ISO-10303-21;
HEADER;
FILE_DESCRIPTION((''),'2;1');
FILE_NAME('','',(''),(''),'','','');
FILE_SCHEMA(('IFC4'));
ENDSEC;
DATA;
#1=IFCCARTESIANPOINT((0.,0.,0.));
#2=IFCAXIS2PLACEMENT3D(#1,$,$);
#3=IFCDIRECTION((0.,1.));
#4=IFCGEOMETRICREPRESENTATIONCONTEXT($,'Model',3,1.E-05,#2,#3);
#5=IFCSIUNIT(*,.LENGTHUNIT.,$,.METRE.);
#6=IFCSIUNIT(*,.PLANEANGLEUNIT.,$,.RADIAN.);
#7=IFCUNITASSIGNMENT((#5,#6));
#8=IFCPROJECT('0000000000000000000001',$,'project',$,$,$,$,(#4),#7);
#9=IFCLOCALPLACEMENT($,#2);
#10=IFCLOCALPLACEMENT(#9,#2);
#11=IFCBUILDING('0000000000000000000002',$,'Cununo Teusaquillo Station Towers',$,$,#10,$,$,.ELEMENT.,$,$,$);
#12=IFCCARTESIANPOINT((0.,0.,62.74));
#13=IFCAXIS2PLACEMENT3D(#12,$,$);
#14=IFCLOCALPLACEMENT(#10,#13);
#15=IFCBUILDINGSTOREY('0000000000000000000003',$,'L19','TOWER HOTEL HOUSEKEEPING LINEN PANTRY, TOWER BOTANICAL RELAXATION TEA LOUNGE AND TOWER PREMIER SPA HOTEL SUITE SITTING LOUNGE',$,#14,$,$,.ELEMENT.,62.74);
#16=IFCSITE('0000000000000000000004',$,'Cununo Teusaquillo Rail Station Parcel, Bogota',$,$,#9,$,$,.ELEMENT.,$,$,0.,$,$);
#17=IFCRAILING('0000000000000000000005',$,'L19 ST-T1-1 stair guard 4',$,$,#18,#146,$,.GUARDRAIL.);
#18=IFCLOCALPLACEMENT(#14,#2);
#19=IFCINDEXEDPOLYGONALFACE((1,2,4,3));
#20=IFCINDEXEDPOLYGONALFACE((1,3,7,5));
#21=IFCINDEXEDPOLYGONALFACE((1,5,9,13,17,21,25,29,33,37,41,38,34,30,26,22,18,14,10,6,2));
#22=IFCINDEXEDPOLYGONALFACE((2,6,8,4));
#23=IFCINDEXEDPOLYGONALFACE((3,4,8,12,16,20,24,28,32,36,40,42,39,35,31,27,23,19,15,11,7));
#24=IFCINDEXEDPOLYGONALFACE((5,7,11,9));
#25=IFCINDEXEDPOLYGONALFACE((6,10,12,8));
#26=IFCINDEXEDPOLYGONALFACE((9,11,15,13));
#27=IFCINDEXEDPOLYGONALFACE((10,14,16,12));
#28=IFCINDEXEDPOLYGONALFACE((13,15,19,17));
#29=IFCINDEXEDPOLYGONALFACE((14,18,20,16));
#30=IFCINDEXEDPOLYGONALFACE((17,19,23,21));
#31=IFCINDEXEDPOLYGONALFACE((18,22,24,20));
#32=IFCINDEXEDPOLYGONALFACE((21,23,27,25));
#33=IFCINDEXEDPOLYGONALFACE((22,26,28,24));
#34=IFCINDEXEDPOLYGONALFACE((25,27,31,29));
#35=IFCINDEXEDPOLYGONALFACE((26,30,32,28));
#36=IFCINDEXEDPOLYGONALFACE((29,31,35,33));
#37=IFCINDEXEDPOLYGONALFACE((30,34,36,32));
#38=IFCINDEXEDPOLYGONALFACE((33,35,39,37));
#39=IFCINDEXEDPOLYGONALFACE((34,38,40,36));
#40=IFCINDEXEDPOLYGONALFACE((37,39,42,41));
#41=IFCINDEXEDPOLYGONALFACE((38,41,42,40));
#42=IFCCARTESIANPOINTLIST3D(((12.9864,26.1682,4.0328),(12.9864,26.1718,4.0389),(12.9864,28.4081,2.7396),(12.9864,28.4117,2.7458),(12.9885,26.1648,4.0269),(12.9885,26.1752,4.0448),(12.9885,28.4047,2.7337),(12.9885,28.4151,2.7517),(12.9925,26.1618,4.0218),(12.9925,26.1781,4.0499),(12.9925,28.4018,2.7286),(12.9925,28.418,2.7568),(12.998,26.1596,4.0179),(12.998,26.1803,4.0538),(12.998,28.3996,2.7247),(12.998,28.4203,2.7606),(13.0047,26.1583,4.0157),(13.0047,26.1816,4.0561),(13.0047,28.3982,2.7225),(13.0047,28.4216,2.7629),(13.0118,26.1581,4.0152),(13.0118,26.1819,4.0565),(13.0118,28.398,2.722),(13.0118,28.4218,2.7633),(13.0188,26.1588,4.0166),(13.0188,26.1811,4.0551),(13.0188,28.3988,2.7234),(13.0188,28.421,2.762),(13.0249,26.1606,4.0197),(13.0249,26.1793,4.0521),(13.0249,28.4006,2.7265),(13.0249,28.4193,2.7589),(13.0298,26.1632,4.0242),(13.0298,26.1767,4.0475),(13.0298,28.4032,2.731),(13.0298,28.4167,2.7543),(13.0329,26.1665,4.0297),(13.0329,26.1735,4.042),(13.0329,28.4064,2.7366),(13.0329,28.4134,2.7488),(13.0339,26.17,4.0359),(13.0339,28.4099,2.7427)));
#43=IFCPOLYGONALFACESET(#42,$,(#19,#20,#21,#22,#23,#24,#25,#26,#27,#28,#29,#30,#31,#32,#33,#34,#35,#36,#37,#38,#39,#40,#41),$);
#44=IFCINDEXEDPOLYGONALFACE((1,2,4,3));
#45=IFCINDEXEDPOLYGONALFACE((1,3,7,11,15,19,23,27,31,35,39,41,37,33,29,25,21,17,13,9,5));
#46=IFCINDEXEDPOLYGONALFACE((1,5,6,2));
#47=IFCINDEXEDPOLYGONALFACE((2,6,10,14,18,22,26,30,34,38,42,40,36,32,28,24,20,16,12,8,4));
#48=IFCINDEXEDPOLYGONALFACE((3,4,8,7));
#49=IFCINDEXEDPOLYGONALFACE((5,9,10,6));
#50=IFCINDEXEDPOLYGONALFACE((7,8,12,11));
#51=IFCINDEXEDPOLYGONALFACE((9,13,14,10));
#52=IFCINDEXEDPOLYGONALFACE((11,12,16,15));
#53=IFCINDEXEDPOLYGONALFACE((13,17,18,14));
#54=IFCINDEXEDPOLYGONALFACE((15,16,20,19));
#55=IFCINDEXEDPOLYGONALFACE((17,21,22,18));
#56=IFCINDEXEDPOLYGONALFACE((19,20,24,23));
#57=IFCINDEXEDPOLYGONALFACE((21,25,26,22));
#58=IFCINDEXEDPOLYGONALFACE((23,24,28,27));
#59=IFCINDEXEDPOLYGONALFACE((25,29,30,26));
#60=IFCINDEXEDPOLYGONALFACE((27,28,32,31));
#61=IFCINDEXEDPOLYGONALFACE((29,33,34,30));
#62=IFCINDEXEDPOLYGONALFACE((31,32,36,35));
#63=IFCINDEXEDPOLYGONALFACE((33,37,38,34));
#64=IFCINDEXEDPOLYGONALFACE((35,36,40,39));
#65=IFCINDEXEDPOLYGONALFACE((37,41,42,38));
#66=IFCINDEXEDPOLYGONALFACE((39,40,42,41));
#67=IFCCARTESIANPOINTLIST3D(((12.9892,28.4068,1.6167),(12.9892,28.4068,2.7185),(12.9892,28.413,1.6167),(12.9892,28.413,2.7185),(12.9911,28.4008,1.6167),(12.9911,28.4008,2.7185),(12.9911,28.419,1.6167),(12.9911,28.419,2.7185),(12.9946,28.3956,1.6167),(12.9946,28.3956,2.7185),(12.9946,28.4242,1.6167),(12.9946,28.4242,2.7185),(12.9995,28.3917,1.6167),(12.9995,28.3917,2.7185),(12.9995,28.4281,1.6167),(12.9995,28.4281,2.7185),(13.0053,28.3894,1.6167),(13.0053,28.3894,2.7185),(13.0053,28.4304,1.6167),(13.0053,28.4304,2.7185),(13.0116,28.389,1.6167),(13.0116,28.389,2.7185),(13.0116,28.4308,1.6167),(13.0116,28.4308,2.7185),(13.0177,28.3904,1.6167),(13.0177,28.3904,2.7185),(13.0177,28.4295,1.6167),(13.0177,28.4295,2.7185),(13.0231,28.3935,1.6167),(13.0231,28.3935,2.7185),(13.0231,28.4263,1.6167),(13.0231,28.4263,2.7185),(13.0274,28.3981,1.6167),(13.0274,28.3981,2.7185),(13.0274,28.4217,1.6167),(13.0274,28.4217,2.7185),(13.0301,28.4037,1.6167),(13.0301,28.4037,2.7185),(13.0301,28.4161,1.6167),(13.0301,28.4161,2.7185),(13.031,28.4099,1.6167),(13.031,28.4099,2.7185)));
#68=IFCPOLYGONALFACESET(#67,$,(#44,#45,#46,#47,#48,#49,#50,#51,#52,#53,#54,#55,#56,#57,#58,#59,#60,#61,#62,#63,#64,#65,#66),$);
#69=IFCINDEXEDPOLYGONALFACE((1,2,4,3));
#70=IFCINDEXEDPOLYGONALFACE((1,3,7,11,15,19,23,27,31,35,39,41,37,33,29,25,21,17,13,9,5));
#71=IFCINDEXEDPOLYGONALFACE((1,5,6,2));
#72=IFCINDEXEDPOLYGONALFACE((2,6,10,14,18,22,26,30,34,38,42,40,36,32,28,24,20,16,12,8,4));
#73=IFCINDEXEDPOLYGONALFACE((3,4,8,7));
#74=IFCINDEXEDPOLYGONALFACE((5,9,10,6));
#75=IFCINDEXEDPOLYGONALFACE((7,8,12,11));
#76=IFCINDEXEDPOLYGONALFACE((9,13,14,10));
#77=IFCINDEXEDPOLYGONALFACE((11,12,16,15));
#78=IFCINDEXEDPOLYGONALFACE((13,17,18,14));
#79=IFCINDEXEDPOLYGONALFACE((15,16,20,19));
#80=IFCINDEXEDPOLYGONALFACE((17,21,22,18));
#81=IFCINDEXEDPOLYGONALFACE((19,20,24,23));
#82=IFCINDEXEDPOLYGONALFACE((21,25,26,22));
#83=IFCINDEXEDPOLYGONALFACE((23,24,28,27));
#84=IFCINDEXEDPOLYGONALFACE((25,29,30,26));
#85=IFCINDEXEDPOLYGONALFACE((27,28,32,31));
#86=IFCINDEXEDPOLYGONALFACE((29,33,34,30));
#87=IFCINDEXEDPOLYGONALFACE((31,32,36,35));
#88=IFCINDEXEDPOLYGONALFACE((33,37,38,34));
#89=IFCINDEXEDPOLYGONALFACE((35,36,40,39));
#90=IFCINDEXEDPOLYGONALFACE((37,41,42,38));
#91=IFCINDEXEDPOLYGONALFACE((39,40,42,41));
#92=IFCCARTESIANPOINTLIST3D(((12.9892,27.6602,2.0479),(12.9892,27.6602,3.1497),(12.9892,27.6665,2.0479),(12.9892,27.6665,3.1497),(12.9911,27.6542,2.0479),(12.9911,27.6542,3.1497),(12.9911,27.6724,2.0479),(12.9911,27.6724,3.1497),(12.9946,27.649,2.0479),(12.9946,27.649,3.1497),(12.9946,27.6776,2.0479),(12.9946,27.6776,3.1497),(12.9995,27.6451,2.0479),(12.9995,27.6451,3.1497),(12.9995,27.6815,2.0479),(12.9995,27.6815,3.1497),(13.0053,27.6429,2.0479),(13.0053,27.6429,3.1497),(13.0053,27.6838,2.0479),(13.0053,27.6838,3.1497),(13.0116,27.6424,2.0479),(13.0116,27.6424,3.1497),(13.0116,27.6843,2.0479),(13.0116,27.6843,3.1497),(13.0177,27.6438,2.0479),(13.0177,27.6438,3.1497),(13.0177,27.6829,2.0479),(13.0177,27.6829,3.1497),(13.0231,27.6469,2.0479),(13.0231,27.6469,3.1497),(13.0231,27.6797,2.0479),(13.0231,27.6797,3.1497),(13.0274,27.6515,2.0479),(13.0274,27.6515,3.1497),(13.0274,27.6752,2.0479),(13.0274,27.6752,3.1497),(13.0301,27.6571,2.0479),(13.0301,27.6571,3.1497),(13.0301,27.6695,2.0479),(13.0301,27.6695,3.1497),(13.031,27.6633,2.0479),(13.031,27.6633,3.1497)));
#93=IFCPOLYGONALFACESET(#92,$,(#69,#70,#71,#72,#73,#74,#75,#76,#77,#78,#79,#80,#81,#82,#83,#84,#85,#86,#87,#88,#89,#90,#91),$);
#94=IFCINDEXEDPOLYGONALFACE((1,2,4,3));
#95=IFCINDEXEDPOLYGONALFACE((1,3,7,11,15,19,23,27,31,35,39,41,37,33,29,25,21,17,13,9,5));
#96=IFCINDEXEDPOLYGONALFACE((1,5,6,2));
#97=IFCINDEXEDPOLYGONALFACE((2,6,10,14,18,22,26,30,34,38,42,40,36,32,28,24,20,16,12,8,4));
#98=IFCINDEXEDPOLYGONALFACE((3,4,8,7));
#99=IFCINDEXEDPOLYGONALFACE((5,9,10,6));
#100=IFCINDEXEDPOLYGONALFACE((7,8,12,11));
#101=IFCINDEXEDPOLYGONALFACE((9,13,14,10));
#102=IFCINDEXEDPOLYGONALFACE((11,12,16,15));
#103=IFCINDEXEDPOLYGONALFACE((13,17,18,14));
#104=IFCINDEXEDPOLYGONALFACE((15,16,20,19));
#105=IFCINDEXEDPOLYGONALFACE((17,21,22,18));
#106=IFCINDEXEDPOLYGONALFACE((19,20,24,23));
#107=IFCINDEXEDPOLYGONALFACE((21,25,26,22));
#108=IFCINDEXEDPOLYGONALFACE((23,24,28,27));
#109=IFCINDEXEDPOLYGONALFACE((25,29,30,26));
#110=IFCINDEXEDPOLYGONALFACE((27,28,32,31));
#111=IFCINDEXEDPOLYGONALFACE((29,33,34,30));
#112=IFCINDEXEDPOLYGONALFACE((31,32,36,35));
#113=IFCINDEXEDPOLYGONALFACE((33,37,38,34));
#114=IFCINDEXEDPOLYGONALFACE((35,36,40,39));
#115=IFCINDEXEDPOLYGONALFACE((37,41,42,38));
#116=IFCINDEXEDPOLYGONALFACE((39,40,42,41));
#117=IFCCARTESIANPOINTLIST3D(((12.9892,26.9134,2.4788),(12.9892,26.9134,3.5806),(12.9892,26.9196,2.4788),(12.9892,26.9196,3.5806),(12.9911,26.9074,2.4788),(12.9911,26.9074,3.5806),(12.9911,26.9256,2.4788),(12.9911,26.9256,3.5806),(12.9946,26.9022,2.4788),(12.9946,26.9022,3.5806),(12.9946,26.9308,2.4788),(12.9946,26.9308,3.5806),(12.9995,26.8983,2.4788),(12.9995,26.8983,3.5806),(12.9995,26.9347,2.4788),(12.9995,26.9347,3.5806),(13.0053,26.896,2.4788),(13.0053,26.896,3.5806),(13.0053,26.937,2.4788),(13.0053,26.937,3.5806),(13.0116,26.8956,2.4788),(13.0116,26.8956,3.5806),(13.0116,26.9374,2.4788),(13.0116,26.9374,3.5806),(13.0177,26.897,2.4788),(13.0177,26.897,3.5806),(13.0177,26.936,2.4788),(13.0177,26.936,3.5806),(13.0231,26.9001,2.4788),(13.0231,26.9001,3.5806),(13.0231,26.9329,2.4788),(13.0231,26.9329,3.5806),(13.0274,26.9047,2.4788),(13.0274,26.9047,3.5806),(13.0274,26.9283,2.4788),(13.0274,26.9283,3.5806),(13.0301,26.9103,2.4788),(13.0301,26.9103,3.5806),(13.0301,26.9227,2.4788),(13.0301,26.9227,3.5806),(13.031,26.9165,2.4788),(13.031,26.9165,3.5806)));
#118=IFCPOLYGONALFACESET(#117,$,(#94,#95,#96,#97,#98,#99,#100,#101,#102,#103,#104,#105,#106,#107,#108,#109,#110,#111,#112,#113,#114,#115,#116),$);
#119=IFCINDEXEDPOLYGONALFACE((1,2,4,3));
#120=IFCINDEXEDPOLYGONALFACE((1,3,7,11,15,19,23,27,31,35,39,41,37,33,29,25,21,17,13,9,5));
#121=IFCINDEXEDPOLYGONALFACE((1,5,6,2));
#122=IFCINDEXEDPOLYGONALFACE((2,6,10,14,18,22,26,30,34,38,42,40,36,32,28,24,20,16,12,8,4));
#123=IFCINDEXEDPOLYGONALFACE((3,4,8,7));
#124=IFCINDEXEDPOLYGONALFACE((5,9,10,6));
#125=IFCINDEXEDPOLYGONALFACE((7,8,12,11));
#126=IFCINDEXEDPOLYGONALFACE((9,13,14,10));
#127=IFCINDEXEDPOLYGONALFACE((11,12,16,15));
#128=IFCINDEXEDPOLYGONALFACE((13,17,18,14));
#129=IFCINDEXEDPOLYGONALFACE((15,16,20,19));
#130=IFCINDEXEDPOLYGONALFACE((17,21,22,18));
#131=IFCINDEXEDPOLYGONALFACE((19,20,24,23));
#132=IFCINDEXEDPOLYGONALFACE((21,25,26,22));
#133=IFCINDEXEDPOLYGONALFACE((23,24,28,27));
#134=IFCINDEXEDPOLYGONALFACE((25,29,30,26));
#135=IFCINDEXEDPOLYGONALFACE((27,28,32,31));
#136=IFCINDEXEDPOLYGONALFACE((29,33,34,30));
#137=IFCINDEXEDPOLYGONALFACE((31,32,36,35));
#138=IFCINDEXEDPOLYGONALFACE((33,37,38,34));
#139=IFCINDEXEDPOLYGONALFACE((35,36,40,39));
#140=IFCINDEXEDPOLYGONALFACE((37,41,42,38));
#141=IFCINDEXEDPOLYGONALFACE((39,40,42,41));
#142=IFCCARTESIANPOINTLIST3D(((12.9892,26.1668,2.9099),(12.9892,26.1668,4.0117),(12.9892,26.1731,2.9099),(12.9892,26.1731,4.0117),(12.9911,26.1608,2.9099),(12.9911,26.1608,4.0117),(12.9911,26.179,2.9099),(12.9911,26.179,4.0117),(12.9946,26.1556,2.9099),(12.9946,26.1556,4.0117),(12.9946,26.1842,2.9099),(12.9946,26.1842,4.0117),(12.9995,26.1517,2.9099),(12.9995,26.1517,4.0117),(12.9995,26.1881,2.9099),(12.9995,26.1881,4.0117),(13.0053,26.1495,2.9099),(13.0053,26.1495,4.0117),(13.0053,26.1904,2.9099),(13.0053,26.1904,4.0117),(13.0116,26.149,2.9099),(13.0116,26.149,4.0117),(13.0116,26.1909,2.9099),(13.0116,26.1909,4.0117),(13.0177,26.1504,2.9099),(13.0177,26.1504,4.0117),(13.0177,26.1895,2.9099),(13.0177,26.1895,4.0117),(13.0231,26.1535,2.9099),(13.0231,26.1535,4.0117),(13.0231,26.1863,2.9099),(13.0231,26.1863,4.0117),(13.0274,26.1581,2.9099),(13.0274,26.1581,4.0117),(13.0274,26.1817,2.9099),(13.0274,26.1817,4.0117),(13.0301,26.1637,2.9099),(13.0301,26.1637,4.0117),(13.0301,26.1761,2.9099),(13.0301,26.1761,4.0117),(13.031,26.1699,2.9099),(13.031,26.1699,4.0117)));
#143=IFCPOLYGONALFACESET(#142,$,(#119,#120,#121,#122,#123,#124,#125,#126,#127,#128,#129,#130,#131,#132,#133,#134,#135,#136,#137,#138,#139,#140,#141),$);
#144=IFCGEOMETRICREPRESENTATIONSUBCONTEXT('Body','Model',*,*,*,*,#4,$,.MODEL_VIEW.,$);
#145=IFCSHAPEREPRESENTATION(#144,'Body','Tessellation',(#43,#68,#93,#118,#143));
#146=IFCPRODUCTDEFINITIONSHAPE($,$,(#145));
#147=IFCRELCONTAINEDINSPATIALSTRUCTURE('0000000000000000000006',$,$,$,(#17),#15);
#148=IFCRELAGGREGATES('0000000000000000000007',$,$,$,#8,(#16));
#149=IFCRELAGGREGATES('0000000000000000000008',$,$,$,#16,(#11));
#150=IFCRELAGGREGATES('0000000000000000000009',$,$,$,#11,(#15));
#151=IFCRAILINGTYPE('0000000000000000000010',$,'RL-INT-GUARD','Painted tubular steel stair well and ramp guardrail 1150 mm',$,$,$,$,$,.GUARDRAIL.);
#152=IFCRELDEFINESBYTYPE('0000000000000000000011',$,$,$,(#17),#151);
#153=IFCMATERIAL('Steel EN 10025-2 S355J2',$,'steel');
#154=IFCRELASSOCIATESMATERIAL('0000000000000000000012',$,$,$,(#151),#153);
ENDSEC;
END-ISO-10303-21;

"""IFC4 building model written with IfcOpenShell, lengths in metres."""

from ifc_helpers import new_model, si_unit, direction, frame, origin, origin_2d, place, context, subcontext, project, spatial, circle, extrude, material, type_object, element, save


model = new_model("IFC4")

# Units and contexts
model_context = context("Model", 3, precision=1e-05, world=origin(), true_north=direction((0.0, 1.0)))
body_context = subcontext(model_context, "Body", "Model", "MODEL_VIEW")
ifc_project = project(units=[si_unit("LENGTHUNIT", "METRE"), si_unit("PLANEANGLEUNIT", "RADIAN")], contexts=[model_context])

# Site, building, storey
site_placement = place(None, origin())
site = spatial("IfcSite", under=ifc_project, at=site_placement, Name="Cununo Teusaquillo Rail Station Parcel, Bogota", CompositionType="ELEMENT", RefElevation=0.0)
building_placement = place(site_placement, origin())
building = spatial("IfcBuilding", under=site, at=building_placement, Name="Cununo Teusaquillo Station Towers", CompositionType="ELEMENT")
storey_placement = place(building_placement, frame((0.0, 0.0, 62.74)))
storey = spatial("IfcBuildingStorey", under=building, at=storey_placement, Name="L19", Description="TOWER HOTEL HOUSEKEEPING LINEN PANTRY, TOWER BOTANICAL RELAXATION TEA LOUNGE AND TOWER PREMIER SPA HOTEL SUITE SITTING LOUNGE", CompositionType="ELEMENT", Elevation=62.74)

# Railing
ifc_material_1 = material(Name="Steel EN 10025-2 S355J2", Category="steel")
railing_type_1 = type_object("IfcRailingType", Name="RL-INT-GUARD", Description="Painted tubular steel stair well and ramp guardrail 1150 mm", PredefinedType="GUARDRAIL", material=ifc_material_1)
railing_1_placement = place(storey_placement, frame((13.01, 28.4099, 1.6167)))
element("IfcRailing", 1, at=railing_1_placement, inside=storey, type_object=railing_type_1, Name="L19 ST-T1-1 stair guard 4", PredefinedType="GUARDRAIL", context=body_context, shape_type="SweptSolid", body=[
    extrude(circle(Radius=0.0239, at=origin_2d()), frame((0.0, 0.0, 1.126), z_axis=(0.0, -0.866033, 0.499987), x_axis=(1.0, 0.0, 0.0)), (0.0, 0.0, 1.0), 2.5864),
    extrude(circle(Radius=0.021, at=origin_2d()), origin(), (0.0, 0.0, 1.0), 1.1018),
    extrude(circle(Radius=0.021, at=origin_2d()), frame((0.0, -0.7466, 0.4312)), (0.0, 0.0, 1.0), 1.1018),
    extrude(circle(Radius=0.021, at=origin_2d()), frame((0.0, -1.4934, 0.8621)), (0.0, 0.0, 1.0), 1.1018),
    extrude(circle(Radius=0.021, at=origin_2d()), frame((0.0, -2.24, 1.2932)), (0.0, 0.0, 1.0), 1.1018),
])

save(model, "model.ifc")
